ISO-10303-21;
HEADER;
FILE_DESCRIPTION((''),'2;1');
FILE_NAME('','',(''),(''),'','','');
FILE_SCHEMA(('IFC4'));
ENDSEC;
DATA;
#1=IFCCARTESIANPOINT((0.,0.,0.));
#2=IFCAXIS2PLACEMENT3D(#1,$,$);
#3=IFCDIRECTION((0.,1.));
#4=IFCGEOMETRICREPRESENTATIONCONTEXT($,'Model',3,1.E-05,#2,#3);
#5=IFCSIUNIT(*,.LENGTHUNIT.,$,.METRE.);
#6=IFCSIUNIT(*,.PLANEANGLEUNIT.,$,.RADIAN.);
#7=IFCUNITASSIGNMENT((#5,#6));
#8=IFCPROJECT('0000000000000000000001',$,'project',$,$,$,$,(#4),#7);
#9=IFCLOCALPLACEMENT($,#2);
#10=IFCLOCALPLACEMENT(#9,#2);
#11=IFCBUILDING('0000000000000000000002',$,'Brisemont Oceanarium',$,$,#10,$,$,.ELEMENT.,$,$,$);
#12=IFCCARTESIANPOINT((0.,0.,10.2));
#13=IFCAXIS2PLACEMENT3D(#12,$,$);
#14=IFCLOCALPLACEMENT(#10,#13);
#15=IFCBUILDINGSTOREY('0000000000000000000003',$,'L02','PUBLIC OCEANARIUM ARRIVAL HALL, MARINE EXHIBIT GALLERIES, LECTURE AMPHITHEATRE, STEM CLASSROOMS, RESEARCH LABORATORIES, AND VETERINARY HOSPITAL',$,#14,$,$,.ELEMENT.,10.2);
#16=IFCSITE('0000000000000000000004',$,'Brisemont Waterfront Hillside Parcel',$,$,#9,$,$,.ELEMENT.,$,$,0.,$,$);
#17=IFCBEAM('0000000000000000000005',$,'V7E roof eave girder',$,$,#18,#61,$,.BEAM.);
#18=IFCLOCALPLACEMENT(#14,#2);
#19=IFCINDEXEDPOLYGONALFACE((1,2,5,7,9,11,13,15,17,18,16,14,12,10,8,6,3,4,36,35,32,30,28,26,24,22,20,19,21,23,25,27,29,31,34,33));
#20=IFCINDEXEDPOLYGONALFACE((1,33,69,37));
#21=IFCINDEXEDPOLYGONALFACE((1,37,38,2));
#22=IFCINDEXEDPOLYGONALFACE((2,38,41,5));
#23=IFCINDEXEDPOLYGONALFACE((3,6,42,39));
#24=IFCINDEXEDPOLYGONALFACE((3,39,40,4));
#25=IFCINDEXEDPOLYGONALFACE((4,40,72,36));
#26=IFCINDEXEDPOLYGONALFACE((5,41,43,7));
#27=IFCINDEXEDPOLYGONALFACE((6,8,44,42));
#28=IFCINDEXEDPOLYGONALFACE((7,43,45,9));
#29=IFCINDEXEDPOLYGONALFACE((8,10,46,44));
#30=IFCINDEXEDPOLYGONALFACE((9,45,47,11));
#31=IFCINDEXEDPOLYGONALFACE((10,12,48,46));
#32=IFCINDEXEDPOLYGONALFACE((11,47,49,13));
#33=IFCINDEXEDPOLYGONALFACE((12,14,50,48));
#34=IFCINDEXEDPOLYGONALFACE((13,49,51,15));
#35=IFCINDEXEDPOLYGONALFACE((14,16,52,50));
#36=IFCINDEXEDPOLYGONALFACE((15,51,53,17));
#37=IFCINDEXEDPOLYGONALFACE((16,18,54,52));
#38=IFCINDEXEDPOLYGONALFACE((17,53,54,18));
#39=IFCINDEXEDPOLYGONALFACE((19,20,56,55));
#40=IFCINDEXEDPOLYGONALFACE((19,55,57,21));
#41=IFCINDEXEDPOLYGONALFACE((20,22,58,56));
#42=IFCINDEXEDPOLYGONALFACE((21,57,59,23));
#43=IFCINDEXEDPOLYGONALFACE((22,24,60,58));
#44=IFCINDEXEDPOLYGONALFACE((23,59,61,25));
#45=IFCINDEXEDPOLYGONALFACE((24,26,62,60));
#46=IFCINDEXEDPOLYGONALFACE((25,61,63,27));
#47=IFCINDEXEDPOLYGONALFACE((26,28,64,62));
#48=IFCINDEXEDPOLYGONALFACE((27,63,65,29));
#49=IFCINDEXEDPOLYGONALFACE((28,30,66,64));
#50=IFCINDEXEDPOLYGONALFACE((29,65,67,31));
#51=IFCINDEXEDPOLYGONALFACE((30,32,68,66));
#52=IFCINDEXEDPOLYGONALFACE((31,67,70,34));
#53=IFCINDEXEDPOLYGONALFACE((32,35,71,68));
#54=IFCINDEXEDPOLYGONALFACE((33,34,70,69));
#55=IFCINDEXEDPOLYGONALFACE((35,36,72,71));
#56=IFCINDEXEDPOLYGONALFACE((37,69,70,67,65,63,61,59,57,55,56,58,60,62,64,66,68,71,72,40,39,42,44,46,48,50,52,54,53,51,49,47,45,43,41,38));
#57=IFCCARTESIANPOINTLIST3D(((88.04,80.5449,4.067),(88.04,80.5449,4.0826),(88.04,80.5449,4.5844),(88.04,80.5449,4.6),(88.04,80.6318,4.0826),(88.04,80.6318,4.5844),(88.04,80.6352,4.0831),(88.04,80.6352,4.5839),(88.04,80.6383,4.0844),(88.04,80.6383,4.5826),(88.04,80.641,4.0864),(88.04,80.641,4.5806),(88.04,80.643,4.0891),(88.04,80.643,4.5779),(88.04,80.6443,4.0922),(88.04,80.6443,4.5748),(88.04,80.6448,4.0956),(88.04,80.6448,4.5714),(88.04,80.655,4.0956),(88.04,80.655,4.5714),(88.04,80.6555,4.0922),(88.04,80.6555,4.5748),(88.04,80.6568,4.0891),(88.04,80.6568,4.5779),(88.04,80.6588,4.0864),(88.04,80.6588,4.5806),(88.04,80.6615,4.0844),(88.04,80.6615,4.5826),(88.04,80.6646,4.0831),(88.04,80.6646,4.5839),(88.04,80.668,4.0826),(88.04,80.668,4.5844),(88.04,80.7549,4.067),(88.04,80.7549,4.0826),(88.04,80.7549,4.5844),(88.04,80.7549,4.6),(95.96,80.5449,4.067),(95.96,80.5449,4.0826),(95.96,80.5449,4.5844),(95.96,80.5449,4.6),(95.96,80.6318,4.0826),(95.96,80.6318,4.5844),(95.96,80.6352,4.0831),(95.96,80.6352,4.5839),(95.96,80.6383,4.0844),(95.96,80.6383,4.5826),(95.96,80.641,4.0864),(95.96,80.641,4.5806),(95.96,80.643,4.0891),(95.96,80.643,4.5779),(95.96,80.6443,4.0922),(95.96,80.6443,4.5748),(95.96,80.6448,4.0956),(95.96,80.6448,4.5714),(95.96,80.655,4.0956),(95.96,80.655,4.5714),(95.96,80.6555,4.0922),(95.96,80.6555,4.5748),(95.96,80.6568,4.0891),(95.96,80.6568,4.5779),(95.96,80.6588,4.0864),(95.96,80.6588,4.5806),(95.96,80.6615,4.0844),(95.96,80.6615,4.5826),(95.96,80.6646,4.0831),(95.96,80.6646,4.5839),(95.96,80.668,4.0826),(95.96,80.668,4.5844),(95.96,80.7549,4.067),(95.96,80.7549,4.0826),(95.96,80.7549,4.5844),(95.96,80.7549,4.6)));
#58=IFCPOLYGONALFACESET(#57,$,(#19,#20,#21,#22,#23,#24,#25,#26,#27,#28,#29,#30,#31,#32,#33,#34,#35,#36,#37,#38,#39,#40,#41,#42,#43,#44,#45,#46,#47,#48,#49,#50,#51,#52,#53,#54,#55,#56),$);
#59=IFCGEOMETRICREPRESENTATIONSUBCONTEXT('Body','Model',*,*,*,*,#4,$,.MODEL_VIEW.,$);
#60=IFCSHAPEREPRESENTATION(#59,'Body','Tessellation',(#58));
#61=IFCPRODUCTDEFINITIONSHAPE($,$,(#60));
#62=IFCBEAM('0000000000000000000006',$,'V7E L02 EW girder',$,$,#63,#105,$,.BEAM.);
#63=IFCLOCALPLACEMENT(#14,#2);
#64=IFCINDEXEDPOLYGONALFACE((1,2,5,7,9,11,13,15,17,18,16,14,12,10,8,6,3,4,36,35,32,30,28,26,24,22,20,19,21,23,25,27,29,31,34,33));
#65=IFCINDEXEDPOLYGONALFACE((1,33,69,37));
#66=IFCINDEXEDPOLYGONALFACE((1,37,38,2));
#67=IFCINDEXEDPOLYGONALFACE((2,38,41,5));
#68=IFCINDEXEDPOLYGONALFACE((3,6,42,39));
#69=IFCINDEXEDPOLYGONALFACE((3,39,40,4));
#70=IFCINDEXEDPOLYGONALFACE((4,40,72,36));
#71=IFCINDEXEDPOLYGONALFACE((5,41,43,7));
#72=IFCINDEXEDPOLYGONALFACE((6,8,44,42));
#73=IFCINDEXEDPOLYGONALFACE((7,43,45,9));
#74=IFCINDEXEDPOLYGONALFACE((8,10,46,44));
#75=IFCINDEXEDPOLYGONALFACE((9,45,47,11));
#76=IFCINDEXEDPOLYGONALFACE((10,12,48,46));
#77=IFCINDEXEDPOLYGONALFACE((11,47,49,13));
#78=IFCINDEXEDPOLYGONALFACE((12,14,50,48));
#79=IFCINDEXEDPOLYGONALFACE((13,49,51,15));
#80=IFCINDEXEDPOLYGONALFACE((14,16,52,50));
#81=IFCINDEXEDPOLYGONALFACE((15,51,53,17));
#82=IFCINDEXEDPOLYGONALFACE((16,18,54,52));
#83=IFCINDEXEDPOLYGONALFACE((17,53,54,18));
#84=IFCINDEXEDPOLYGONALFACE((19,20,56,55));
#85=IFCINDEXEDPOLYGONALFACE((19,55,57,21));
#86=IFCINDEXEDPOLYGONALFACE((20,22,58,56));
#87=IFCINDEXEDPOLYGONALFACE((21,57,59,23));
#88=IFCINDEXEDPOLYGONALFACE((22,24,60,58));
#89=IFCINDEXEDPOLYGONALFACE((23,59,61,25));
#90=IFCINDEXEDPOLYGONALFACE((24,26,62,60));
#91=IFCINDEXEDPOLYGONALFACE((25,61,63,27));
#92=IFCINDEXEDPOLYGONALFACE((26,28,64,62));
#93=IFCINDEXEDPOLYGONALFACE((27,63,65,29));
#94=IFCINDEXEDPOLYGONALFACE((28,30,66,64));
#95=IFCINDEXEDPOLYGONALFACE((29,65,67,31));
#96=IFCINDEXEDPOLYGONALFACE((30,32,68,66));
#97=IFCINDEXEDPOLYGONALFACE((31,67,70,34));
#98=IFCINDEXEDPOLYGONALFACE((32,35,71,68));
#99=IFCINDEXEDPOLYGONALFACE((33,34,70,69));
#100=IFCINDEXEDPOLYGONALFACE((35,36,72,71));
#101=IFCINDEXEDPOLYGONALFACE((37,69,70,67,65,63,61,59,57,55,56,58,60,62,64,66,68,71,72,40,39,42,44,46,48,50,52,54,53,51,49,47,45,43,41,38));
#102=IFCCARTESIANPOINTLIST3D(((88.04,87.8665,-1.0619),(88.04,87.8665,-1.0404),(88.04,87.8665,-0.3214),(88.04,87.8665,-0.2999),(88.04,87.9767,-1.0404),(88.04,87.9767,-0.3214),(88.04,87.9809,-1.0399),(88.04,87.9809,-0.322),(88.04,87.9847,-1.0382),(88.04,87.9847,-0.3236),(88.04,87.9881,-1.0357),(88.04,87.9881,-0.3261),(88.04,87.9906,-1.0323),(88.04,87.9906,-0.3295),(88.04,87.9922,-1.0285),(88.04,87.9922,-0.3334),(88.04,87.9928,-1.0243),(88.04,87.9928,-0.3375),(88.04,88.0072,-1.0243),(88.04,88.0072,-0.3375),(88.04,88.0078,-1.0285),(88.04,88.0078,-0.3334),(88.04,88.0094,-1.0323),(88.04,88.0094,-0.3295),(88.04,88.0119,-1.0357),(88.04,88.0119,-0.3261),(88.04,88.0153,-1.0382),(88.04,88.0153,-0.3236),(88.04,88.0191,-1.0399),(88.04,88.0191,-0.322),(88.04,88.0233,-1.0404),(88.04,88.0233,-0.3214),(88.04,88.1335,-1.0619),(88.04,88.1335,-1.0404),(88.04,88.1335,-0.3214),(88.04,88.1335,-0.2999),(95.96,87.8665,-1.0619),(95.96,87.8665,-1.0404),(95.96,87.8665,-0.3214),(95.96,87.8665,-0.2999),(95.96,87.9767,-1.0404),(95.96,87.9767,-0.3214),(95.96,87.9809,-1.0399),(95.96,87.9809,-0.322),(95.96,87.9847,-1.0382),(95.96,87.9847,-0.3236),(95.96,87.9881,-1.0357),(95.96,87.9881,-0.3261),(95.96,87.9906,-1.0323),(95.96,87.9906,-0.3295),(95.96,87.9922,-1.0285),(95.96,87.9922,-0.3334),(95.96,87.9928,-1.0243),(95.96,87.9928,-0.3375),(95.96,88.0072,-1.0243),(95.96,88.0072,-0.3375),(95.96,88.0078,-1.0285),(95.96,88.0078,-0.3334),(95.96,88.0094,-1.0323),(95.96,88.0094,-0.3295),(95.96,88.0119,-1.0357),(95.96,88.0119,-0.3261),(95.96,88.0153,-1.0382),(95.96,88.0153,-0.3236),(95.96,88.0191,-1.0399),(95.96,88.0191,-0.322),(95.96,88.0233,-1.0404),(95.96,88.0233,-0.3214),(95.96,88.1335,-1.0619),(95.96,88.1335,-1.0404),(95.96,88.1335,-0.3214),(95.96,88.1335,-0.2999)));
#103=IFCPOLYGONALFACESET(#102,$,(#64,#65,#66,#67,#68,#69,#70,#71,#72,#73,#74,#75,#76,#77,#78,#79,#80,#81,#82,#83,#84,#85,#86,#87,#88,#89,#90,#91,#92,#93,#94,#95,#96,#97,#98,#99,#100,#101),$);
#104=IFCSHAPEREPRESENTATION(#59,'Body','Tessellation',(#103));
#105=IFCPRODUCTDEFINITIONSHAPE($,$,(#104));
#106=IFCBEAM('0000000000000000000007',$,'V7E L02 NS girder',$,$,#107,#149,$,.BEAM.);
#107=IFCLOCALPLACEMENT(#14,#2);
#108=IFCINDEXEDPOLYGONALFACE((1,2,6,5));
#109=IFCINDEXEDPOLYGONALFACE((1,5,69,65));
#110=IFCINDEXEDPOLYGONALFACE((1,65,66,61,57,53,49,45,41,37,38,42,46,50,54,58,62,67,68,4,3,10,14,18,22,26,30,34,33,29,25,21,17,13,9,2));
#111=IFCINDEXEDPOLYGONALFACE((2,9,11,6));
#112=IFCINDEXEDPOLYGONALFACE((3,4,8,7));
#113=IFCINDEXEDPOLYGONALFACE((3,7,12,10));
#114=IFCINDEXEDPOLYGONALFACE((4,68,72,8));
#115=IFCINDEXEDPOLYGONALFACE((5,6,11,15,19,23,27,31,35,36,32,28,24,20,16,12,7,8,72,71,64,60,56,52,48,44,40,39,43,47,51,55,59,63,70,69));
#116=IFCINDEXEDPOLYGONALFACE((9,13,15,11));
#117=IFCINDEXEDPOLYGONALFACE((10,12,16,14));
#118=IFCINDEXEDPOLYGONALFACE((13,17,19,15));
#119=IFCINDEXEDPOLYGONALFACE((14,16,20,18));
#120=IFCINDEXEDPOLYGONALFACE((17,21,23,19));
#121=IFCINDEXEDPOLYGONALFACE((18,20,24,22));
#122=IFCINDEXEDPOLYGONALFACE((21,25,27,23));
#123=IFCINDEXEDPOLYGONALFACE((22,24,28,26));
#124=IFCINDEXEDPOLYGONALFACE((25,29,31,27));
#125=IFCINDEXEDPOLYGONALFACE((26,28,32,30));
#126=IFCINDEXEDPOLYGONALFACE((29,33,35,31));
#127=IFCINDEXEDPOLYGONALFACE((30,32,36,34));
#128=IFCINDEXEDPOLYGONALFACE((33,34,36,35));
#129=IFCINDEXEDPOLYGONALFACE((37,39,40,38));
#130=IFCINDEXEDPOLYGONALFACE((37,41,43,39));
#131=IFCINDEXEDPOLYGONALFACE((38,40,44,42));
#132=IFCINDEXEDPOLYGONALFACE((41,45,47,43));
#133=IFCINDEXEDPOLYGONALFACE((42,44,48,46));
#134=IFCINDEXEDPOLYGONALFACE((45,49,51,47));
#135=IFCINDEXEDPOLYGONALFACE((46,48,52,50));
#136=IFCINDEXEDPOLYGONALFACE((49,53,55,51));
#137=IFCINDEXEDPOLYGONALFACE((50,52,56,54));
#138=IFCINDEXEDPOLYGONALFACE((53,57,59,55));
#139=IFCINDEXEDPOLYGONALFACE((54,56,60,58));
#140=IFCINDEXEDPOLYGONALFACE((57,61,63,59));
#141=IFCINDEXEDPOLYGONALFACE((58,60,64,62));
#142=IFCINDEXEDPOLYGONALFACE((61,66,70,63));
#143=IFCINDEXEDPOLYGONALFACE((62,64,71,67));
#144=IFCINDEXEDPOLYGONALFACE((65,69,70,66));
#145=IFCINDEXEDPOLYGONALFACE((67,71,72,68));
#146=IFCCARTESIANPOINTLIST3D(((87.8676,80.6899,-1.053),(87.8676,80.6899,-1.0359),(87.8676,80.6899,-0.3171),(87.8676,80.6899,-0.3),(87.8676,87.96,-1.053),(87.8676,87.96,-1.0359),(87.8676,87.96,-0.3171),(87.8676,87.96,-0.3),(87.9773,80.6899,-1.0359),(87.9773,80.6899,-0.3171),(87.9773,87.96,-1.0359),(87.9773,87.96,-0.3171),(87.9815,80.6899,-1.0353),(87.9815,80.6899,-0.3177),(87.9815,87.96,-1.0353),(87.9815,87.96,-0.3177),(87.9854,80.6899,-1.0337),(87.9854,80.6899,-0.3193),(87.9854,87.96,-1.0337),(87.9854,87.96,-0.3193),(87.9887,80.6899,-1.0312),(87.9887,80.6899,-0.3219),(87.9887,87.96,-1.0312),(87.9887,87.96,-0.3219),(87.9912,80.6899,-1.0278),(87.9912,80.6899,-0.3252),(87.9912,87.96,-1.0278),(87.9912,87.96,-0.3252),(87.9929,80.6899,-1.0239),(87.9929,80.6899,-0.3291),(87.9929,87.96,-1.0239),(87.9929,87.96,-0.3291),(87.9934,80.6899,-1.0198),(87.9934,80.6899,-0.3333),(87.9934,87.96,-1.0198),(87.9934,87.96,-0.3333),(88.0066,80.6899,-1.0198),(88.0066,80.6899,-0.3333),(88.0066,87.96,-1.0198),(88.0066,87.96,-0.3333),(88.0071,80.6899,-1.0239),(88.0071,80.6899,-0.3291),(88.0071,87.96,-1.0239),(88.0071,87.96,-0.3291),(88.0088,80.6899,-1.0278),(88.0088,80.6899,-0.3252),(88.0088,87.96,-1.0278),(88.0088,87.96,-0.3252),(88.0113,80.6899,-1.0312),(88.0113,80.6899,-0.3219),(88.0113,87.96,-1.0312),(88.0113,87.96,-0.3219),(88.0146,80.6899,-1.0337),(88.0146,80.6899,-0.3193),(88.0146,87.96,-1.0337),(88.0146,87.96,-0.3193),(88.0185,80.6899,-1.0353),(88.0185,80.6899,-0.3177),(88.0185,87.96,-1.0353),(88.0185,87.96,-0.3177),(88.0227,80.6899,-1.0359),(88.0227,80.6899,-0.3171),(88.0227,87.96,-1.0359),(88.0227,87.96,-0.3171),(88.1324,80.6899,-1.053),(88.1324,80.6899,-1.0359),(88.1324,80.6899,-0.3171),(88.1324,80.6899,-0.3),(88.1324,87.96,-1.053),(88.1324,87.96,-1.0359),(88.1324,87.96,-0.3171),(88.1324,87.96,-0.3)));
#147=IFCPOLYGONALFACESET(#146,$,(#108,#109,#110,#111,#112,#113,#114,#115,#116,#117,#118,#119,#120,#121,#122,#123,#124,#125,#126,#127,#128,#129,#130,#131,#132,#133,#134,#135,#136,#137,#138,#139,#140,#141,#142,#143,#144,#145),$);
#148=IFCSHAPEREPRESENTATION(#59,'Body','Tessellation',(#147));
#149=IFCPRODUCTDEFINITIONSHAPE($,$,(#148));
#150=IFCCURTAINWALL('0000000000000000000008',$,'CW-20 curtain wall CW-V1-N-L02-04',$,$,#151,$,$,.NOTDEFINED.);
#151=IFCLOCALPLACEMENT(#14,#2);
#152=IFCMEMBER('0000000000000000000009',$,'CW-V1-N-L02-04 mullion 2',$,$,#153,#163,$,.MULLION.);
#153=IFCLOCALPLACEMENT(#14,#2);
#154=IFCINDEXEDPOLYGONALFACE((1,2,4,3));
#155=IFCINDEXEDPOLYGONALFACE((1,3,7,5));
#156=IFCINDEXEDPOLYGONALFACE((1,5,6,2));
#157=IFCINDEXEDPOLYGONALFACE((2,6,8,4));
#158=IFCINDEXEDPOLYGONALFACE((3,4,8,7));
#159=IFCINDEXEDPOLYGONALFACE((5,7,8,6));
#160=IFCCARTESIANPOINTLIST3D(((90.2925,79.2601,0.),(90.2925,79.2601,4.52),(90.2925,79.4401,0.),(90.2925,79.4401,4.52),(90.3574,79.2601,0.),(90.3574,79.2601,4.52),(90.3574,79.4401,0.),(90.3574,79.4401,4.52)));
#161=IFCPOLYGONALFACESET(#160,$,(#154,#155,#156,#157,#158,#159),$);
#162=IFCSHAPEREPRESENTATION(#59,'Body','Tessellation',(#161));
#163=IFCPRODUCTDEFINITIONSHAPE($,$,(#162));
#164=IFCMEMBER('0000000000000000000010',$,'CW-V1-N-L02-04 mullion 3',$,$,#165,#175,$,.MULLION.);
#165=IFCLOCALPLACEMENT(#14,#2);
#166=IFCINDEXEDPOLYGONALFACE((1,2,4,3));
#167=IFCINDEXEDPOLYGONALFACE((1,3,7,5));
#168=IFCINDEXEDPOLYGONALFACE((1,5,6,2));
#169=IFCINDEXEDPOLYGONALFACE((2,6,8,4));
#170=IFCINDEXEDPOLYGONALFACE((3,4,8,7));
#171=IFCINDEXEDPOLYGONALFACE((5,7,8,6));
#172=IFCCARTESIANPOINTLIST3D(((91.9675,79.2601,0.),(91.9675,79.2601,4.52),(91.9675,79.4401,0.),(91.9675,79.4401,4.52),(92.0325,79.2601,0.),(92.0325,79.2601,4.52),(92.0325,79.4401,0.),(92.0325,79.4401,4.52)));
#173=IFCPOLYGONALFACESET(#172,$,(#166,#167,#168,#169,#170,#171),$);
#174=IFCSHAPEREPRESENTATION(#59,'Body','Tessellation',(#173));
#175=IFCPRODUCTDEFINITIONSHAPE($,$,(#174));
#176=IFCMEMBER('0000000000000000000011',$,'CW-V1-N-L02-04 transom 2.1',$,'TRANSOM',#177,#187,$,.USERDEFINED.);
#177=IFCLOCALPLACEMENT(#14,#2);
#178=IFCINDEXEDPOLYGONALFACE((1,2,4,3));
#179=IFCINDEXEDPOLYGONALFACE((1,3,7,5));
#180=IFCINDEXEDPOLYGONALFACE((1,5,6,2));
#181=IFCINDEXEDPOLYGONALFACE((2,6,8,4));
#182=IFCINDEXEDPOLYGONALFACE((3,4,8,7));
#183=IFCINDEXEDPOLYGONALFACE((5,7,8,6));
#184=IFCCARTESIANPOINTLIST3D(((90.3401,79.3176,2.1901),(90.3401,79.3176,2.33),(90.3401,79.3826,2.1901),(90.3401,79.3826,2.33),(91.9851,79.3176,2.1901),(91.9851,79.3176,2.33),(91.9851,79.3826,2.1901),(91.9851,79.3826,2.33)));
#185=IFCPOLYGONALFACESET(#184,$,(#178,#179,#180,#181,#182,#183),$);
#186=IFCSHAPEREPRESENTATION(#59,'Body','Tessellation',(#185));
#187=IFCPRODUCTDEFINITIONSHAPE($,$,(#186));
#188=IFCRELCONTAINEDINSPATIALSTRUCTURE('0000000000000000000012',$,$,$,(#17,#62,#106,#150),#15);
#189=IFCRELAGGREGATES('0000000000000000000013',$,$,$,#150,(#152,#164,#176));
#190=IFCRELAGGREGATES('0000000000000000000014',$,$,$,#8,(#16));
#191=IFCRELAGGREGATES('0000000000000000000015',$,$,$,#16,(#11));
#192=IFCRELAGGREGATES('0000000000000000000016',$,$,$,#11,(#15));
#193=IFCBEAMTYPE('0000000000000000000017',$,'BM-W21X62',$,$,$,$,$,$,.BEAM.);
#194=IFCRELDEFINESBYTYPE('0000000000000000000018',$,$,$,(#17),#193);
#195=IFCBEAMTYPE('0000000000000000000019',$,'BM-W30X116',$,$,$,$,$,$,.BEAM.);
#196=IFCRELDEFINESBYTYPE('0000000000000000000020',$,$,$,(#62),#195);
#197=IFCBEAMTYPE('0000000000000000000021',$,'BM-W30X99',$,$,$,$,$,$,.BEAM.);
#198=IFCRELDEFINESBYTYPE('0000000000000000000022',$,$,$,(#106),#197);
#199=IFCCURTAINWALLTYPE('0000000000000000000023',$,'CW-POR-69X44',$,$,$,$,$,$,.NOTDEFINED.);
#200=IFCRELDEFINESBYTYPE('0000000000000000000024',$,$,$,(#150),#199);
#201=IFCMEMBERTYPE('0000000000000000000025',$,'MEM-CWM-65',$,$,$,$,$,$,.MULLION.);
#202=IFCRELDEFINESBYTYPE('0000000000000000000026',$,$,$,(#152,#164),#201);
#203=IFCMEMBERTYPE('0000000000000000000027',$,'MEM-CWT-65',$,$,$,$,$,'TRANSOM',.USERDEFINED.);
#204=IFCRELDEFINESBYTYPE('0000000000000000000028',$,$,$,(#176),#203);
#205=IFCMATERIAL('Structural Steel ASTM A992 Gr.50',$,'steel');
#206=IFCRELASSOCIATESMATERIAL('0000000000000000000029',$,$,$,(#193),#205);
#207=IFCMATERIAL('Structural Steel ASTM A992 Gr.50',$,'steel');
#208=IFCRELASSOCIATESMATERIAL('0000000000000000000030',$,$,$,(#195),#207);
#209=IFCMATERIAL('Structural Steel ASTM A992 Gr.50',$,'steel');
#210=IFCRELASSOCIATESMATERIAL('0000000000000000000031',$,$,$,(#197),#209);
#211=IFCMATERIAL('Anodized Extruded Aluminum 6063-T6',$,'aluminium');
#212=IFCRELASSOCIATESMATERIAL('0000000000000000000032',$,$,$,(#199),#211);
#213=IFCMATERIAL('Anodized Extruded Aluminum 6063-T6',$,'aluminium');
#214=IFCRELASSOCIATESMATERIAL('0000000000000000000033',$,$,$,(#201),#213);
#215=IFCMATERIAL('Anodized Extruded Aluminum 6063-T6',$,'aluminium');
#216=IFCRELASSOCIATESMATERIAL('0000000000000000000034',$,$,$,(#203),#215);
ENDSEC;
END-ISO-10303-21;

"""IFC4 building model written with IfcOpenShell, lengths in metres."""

from ifc_helpers import new_model, si_unit, direction, frame, origin, origin_2d, place, context, subcontext, project, spatial, rectangle, i_section, extrude, material, material_profile, profile_set, type_object, element, aggregate, save


model = new_model("IFC4")

# Units and contexts
model_context = context("Model", 3, precision=1e-05, world=origin(), true_north=direction((0.0, 1.0)))
body_context = subcontext(model_context, "Body", "Model", "MODEL_VIEW")
ifc_project = project(units=[si_unit("LENGTHUNIT", "METRE"), si_unit("PLANEANGLEUNIT", "RADIAN")], contexts=[model_context])

# Site, building, storey
site_placement = place(None, origin())
site = spatial("IfcSite", under=ifc_project, at=site_placement, Name="Brisemont Waterfront Hillside Parcel", CompositionType="ELEMENT", RefElevation=0.0)
building_placement = place(site_placement, origin())
building = spatial("IfcBuilding", under=site, at=building_placement, Name="Brisemont Oceanarium", CompositionType="ELEMENT")
storey_placement = place(building_placement, frame((0.0, 0.0, 10.2)))
storey = spatial("IfcBuildingStorey", under=building, at=storey_placement, Name="L02", Description="PUBLIC OCEANARIUM ARRIVAL HALL, MARINE EXHIBIT GALLERIES, LECTURE AMPHITHEATRE, STEM CLASSROOMS, RESEARCH LABORATORIES, AND VETERINARY HOSPITAL", CompositionType="ELEMENT", Elevation=10.2)

# Beams
ifc_material_1 = material(Name="Structural Steel ASTM A992 Gr.50", Category="steel")
ifc_material_profile_1 = material_profile(ifc_material_1, i_section(OverallWidth=0.21, OverallDepth=0.533, WebThickness=0.0103, FlangeThickness=0.0156, FilletRadius=0.0129, at=origin_2d()), Name="W21X62")
ifc_profile_set_1 = profile_set([ifc_material_profile_1], Name="Structural Steel ASTM A992 Gr.50")
beam_type_1 = type_object("IfcBeamType", Name="BM-W21X62", PredefinedType="BEAM", material=ifc_profile_set_1)
for number, where, z_axis, x_axis, name in (
    (1, (88.04, 80.6499, 4.3335), (1.0, 0.0, 0.0), (0.0, 1.0, 0.0), "V7E roof eave girder"),
):
    element("IfcBeam", number, at=place(storey_placement, frame(where, z_axis=z_axis, x_axis=x_axis)), inside=storey, type_object=beam_type_1, Name=name, PredefinedType="BEAM", context=body_context, shape_type="SweptSolid", body=[
        extrude(i_section(OverallWidth=0.21, OverallDepth=0.533, WebThickness=0.0103, FlangeThickness=0.0156, FilletRadius=0.0129, at=origin_2d()), origin(), (0.0, 0.0, 1.0), 7.9199),
    ])
ifc_material_2 = material(Name="Structural Steel ASTM A992 Gr.50", Category="steel")
ifc_material_profile_2 = material_profile(ifc_material_2, i_section(OverallWidth=0.2671, OverallDepth=0.762, WebThickness=0.0144, FlangeThickness=0.0215, FilletRadius=0.0161, at=origin_2d()), Name="W30X116")
ifc_profile_set_2 = profile_set([ifc_material_profile_2], Name="Structural Steel ASTM A992 Gr.50")
beam_type_2 = type_object("IfcBeamType", Name="BM-W30X116", PredefinedType="BEAM", material=ifc_profile_set_2)
beam_1_placement = place(storey_placement, frame((88.04, 88.0, -0.6809), z_axis=(1.0, 0.0, 0.0), x_axis=(0.0, 1.0, 0.0)))
element("IfcBeam", 2, at=beam_1_placement, inside=storey, type_object=beam_type_2, Name="V7E L02 EW girder", PredefinedType="BEAM", context=body_context, shape_type="SweptSolid", body=[
    extrude(i_section(OverallWidth=0.2671, OverallDepth=0.762, WebThickness=0.0144, FlangeThickness=0.0215, FilletRadius=0.0161, at=origin_2d()), origin(), (0.0, 0.0, 1.0), 7.9199),
])
ifc_material_3 = material(Name="Structural Steel ASTM A992 Gr.50", Category="steel")
ifc_material_profile_3 = material_profile(ifc_material_3, i_section(OverallWidth=0.2649, OverallDepth=0.7529, WebThickness=0.0132, FlangeThickness=0.0171, FilletRadius=0.0161, at=origin_2d()), Name="W30X99")
ifc_profile_set_3 = profile_set([ifc_material_profile_3], Name="Structural Steel ASTM A992 Gr.50")
beam_type_3 = type_object("IfcBeamType", Name="BM-W30X99", PredefinedType="BEAM", material=ifc_profile_set_3)
beam_2_placement = place(storey_placement, frame((88.0, 80.6899, -0.6765), z_axis=(0.0, 1.0, 0.0), x_axis=(-1.0, 0.0, 0.0)))
element("IfcBeam", 3, at=beam_2_placement, inside=storey, type_object=beam_type_3, Name="V7E L02 NS girder", PredefinedType="BEAM", context=body_context, shape_type="SweptSolid", body=[
    extrude(i_section(OverallWidth=0.2649, OverallDepth=0.7529, WebThickness=0.0132, FlangeThickness=0.0171, FilletRadius=0.0161, at=origin_2d()), origin(), (0.0, 0.0, 1.0), 7.27),
])

# Curtain wall, members
ifc_material_4 = material(Name="Anodized Extruded Aluminum 6063-T6", Category="aluminium")
curtain_wall_type = type_object("IfcCurtainWallType", Name="CW-POR-69X44", PredefinedType="NOTDEFINED", material=ifc_material_4)
curtain_wall_placement = place(storey_placement, origin())
curtain_wall = element("IfcCurtainWall", 4, at=curtain_wall_placement, inside=storey, type_object=curtain_wall_type, Name="CW-20 curtain wall CW-V1-N-L02-04", PredefinedType="NOTDEFINED")
ifc_material_5 = material(Name="Anodized Extruded Aluminum 6063-T6", Category="aluminium")
ifc_material_profile_4 = material_profile(ifc_material_5, rectangle(XDim=0.0649, YDim=0.1799, at=origin_2d()), Name="CWM-65X180")
ifc_profile_set_4 = profile_set([ifc_material_profile_4], Name="Anodized Extruded Aluminum 6063-T6")
member_type_1 = type_object("IfcMemberType", Name="MEM-CWM-65", PredefinedType="MULLION", material=ifc_profile_set_4)
member_1_placement = place(storey_placement, frame((90.325, 79.3501, 0.0), z_axis=(0.0, 0.0, 1.0), x_axis=(1.0, 0.0, 0.0)))
member_1 = element("IfcMember", 5, at=member_1_placement, type_object=member_type_1, Name="CW-V1-N-L02-04 mullion 2", PredefinedType="MULLION", context=body_context, shape_type="SweptSolid", body=[
    extrude(rectangle(XDim=0.0649, YDim=0.1799, at=origin_2d()), origin(), (0.0, 0.0, 1.0), 4.52),
])
member_2_placement = place(storey_placement, frame((92.0, 79.3501, 0.0), z_axis=(0.0, 0.0, 1.0), x_axis=(1.0, 0.0, 0.0)))
member_2 = element("IfcMember", 6, at=member_2_placement, type_object=member_type_1, Name="CW-V1-N-L02-04 mullion 3", PredefinedType="MULLION", context=body_context, shape_type="SweptSolid", body=[
    extrude(rectangle(XDim=0.0649, YDim=0.1799, at=origin_2d()), origin(), (0.0, 0.0, 1.0), 4.52),
])
ifc_material_6 = material(Name="Anodized Extruded Aluminum 6063-T6", Category="aluminium")
ifc_material_profile_5 = material_profile(ifc_material_6, rectangle(XDim=0.0649, YDim=0.1399, at=origin_2d()), Name="CWT-65X140")
ifc_profile_set_5 = profile_set([ifc_material_profile_5], Name="Anodized Extruded Aluminum 6063-T6")
member_type_2 = type_object("IfcMemberType", Name="MEM-CWT-65", ElementType="TRANSOM", PredefinedType="USERDEFINED", material=ifc_profile_set_5)
member_3_placement = place(storey_placement, frame((90.3401, 79.3501, 2.26), z_axis=(1.0, 0.0, 0.0), x_axis=(0.0, 1.0, 0.0)))
member_3 = element("IfcMember", 7, at=member_3_placement, type_object=member_type_2, Name="CW-V1-N-L02-04 transom 2.1", ObjectType="TRANSOM", PredefinedType="USERDEFINED", context=body_context, shape_type="SweptSolid", body=[
    extrude(rectangle(XDim=0.0649, YDim=0.1399, at=origin_2d()), origin(), (0.0, 0.0, 1.0), 1.645),
])

aggregate(curtain_wall, [member_1, member_2, member_3])

save(model, "model.ifc")
